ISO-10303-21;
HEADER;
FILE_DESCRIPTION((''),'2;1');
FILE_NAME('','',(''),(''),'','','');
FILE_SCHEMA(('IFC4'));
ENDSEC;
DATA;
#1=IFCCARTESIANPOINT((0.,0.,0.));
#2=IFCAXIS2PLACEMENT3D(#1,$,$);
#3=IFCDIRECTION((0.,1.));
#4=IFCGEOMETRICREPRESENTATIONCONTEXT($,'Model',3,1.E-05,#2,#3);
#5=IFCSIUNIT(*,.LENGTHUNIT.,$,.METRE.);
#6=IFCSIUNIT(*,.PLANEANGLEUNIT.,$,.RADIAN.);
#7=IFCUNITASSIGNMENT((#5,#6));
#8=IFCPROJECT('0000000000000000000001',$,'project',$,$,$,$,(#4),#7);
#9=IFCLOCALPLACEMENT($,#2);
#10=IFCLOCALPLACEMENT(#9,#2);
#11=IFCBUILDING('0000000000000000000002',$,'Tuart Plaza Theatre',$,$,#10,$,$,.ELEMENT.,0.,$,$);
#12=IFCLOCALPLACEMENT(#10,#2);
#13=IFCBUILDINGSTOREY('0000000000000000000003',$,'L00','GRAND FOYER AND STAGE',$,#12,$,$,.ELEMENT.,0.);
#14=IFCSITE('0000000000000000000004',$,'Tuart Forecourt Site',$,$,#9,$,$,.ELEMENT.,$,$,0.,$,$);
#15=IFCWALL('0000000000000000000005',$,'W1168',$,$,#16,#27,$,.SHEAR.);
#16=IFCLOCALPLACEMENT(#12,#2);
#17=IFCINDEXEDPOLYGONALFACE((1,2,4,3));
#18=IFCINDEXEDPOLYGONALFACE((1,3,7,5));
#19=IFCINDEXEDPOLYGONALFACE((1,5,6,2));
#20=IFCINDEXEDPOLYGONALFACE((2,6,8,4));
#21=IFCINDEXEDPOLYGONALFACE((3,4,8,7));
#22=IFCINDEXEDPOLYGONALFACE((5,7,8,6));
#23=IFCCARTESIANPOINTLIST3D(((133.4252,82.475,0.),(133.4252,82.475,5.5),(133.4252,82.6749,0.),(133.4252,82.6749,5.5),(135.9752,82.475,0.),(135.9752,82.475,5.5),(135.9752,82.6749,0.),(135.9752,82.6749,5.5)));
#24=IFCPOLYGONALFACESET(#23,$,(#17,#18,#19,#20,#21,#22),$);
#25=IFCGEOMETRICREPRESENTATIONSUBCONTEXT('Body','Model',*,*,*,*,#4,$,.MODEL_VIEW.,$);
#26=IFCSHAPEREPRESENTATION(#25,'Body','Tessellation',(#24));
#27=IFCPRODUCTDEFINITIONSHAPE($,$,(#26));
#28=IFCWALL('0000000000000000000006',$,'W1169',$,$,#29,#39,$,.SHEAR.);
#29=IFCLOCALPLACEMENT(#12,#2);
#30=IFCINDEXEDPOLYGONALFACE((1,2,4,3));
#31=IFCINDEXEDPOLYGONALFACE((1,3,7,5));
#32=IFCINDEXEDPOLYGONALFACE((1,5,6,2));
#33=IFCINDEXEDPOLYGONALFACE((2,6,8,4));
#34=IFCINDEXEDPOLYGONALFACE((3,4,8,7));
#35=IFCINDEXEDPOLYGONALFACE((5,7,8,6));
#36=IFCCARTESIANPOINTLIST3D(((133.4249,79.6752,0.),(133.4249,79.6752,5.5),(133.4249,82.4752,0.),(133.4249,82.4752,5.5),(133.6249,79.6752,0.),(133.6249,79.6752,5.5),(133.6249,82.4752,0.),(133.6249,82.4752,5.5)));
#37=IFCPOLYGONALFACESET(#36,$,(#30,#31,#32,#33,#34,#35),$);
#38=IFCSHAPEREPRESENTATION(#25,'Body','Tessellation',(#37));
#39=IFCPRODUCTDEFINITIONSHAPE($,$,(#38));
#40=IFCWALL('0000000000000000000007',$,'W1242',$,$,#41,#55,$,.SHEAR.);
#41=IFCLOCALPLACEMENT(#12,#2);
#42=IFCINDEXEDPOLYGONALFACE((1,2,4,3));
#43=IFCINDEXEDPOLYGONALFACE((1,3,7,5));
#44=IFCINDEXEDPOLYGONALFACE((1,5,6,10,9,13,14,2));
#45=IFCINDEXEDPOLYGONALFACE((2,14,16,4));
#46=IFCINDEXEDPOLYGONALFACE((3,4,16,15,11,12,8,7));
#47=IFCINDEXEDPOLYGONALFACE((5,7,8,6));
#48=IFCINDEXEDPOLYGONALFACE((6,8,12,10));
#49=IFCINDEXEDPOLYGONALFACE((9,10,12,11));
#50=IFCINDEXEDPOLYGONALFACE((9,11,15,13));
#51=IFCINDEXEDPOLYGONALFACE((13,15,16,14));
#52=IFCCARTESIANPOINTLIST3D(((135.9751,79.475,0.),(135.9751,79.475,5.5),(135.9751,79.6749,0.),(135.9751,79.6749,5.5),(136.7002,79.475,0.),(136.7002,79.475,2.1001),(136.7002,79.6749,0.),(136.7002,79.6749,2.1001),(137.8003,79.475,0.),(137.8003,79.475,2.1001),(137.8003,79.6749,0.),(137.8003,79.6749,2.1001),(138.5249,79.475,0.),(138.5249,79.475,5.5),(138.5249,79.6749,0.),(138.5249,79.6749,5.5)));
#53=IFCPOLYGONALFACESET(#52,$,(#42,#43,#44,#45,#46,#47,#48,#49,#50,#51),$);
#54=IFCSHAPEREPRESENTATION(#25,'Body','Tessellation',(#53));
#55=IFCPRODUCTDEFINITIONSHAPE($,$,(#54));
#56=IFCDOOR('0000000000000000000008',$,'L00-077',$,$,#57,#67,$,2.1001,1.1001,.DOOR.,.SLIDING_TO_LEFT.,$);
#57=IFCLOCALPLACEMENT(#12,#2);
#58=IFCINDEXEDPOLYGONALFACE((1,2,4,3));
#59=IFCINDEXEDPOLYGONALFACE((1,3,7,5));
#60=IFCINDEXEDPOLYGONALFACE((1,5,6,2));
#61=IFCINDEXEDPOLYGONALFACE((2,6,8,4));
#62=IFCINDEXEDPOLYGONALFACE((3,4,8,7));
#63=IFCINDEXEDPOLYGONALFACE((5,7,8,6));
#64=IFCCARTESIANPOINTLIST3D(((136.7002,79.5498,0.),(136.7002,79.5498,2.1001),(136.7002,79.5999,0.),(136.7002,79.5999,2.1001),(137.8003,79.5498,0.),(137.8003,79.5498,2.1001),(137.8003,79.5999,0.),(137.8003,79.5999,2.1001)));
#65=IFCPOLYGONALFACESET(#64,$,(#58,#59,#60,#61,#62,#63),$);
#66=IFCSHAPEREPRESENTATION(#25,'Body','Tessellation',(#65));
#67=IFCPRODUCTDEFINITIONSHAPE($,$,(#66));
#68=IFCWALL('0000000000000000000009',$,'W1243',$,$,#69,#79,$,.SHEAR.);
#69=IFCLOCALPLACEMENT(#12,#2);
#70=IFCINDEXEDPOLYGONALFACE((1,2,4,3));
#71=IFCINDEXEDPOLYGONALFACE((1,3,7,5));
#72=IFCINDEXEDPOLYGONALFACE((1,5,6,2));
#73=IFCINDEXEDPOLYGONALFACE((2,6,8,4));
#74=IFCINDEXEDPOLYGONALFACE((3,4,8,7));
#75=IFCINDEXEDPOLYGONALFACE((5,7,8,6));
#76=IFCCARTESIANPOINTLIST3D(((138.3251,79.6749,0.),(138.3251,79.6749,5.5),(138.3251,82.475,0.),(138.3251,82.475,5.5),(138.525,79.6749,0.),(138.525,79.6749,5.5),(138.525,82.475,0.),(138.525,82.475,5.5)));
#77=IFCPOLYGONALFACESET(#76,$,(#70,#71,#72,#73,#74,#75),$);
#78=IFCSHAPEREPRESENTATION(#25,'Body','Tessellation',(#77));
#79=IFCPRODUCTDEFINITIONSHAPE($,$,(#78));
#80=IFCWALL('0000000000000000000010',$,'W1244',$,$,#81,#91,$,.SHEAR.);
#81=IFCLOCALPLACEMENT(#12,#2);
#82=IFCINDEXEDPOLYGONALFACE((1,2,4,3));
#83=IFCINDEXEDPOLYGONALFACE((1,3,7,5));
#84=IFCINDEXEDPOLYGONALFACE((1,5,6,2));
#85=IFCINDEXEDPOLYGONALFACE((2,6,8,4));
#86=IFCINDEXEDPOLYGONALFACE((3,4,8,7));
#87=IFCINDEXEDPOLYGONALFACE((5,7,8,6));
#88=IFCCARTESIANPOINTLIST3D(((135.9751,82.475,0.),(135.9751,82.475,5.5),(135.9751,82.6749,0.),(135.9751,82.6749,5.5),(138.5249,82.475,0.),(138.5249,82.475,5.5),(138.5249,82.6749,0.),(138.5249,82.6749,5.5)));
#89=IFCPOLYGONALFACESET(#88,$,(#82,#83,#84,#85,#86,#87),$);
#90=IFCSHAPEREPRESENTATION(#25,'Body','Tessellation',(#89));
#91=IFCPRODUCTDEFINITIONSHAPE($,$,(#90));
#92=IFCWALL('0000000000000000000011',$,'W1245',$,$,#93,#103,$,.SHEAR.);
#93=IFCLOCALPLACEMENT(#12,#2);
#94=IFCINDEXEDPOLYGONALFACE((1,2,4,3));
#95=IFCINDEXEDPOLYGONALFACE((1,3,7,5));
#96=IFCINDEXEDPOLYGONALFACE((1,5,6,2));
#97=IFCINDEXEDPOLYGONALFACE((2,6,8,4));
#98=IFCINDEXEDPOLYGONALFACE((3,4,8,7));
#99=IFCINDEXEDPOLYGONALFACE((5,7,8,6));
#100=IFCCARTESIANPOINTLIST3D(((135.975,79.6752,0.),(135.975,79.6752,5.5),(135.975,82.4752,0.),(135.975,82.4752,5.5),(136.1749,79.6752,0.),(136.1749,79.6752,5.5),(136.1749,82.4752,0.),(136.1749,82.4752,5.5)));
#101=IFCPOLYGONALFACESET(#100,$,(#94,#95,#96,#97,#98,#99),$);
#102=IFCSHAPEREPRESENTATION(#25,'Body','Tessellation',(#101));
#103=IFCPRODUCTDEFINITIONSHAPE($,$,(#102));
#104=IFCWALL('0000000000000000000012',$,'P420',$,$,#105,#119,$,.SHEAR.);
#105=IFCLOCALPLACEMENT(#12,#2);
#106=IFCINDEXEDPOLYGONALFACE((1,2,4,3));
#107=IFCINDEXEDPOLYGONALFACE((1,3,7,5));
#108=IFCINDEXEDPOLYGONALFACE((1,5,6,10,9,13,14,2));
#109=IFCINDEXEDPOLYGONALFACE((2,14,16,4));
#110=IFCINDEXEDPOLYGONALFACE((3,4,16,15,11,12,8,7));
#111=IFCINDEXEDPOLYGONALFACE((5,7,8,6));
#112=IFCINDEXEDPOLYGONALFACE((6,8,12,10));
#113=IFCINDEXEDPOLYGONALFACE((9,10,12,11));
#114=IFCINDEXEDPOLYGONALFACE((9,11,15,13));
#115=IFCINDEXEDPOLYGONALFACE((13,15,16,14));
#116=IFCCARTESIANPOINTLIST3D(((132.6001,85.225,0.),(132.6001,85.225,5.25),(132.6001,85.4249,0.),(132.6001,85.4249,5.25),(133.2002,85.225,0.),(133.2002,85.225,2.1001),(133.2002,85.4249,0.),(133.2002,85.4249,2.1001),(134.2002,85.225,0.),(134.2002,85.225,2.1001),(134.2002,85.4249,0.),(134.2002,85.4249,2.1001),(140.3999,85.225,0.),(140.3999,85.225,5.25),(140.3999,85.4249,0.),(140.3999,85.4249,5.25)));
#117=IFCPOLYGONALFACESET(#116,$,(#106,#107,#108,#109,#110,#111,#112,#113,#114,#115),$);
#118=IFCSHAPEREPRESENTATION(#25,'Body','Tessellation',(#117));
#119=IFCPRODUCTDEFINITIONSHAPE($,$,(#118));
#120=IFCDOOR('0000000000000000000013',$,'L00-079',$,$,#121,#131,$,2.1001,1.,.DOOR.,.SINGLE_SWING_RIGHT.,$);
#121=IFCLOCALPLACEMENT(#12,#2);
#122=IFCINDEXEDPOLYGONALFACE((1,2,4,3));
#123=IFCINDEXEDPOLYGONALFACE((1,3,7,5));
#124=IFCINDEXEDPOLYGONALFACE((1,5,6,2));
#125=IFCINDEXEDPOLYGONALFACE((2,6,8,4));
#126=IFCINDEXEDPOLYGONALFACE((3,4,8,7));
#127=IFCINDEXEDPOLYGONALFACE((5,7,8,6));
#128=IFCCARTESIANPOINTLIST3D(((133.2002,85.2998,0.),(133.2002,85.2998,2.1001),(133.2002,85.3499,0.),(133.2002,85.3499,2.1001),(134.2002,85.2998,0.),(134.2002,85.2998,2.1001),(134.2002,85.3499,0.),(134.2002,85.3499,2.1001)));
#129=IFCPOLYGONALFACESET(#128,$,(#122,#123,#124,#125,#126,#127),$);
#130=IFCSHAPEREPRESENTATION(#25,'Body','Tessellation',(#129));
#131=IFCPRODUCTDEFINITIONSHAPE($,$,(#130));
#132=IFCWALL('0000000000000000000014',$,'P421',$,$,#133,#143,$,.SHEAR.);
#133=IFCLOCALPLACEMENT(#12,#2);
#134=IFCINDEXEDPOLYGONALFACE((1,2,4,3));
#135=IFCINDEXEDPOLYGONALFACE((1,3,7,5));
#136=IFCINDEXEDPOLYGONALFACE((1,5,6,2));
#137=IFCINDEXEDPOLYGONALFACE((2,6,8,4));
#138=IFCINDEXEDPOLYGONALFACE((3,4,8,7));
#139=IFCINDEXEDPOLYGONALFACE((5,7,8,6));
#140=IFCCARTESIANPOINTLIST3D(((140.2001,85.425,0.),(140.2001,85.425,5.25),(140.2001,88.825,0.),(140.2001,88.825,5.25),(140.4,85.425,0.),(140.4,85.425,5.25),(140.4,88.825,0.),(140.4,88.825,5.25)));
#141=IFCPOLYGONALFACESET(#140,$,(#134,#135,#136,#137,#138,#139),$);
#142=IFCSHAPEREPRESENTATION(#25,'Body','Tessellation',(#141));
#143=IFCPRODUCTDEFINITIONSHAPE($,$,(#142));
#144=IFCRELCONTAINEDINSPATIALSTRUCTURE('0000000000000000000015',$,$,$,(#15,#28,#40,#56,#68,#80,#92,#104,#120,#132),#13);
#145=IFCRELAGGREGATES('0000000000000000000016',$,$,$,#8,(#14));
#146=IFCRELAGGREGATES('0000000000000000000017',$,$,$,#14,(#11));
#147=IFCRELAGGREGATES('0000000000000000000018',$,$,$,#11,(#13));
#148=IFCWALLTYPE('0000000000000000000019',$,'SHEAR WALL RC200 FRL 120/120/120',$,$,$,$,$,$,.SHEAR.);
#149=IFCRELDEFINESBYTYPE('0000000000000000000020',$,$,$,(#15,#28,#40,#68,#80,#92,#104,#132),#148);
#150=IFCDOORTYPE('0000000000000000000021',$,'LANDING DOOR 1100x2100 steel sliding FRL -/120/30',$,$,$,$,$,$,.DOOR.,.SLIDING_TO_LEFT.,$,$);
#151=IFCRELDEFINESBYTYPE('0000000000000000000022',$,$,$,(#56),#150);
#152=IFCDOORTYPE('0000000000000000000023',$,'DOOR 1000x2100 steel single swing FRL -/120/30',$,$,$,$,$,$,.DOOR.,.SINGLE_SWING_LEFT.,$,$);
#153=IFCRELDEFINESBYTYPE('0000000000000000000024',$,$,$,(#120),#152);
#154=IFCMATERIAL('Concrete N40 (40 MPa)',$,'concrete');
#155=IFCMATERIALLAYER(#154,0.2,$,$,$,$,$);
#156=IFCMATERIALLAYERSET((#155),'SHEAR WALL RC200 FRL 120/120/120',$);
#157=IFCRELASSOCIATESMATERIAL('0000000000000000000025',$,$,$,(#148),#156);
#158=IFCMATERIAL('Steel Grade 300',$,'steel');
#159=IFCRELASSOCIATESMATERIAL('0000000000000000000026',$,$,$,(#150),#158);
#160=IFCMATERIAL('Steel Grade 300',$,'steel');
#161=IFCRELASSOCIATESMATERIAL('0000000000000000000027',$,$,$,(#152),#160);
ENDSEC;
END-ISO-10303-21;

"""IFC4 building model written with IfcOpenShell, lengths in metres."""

from ifc_helpers import new_model, si_unit, direction, frame, frame_2d, origin, place, context, subcontext, project, spatial, rectangle, extrude, material, layer, layer_set, type_object, element, fill, save


model = new_model("IFC4")

# Units and contexts
model_context = context("Model", 3, precision=1e-05, world=origin(), true_north=direction((0.0, 1.0)))
body_context = subcontext(model_context, "Body", "Model", "MODEL_VIEW")
ifc_project = project(units=[si_unit("LENGTHUNIT", "METRE"), si_unit("PLANEANGLEUNIT", "RADIAN")], contexts=[model_context])

# Site, building, storey
site_placement = place(None, origin())
site = spatial("IfcSite", under=ifc_project, at=site_placement, Name="Tuart Forecourt Site", CompositionType="ELEMENT", RefElevation=0.0)
building_placement = place(site_placement, origin())
building = spatial("IfcBuilding", under=site, at=building_placement, Name="Tuart Plaza Theatre", CompositionType="ELEMENT", ElevationOfRefHeight=0.0)
storey_placement = place(building_placement, origin())
storey = spatial("IfcBuildingStorey", under=building, at=storey_placement, Name="L00", Description="GRAND FOYER AND STAGE", CompositionType="ELEMENT", Elevation=0.0)

# Shared definitions
ifc_material_1 = material(Name="Concrete N40 (40 MPa)", Category="concrete")
ifc_layer_1 = layer(ifc_material_1, 0.2)
ifc_layer_set_1 = layer_set([ifc_layer_1], Name="SHEAR WALL RC200 FRL 120/120/120")
wall_type_1 = type_object("IfcWallType", Name="SHEAR WALL RC200 FRL 120/120/120", PredefinedType="SHEAR", material=ifc_layer_set_1)

# Shared definitions
ifc_material_2 = material(Name="Steel Grade 300", Category="steel")
door_type_1 = type_object("IfcDoorType", Name="LANDING DOOR 1100x2100 steel sliding FRL -/120/30", OperationType="SLIDING_TO_LEFT", PredefinedType="DOOR", material=ifc_material_2)

# Walls
wall_1_placement = place(storey_placement, frame((135.9751, 82.575, 0.0), z_axis=(0.0, 0.0, 1.0), x_axis=(-1.0, 0.0, 0.0)))
element("IfcWall", 1, at=wall_1_placement, inside=storey, type_object=wall_type_1, Name="W1168", PredefinedType="SHEAR", context=body_context, shape_type="SweptSolid", body=[
    extrude(rectangle(XDim=2.55, YDim=0.2, at=frame_2d((1.2749, 0.0))), origin(), (0.0, 0.0, 1.0), 5.5),
])
wall_2_placement = place(storey_placement, frame((133.5249, 82.4751, 0.0), z_axis=(0.0, 0.0, 1.0), x_axis=(0.0, -1.0, 0.0)))
element("IfcWall", 2, at=wall_2_placement, inside=storey, type_object=wall_type_1, Name="W1169", PredefinedType="SHEAR", context=body_context, shape_type="SweptSolid", body=[
    extrude(rectangle(XDim=2.8, YDim=0.2, at=frame_2d((1.3999, 0.0))), origin(), (0.0, 0.0, 1.0), 5.5),
])

# Wall, opening, door
wall_3_placement = place(storey_placement, frame((135.9751, 79.575, 0.0), z_axis=(0.0, 0.0, 1.0), x_axis=(1.0, 0.0, 0.0)))
wall_3 = element("IfcWall", 3, at=wall_3_placement, inside=storey, type_object=wall_type_1, Name="W1242", PredefinedType="SHEAR", context=body_context, shape_type="SweptSolid", body=[
    extrude(rectangle(XDim=2.5498, YDim=0.2, at=frame_2d((1.2749, 0.0))), origin(), (0.0, 0.0, 1.0), 5.5),
])
opening_1_placement = place(wall_3_placement, frame((0.7251, 0.0, 0.0)))
opening_1 = element("IfcOpeningElement", 4, at=opening_1_placement, cuts=wall_3, PredefinedType="OPENING", context=body_context, shape_type="SweptSolid", body=[
    extrude(rectangle(XDim=1.1001, YDim=2.1001, at=frame_2d((0.55, 1.05))), frame((0.0, 0.1099, 0.0), z_axis=(0.0, -1.0, 0.0), x_axis=(1.0, 0.0, 0.0)), (0.0, 0.0, 1.0), 0.22),
])
door_1_placement = place(opening_1_placement, origin())
door_1 = element("IfcDoor", 5, at=door_1_placement, inside=storey, type_object=door_type_1, Name="L00-077", OperationType="SLIDING_TO_LEFT", OverallHeight=2.1001, OverallWidth=1.1001, PredefinedType="DOOR", context=body_context, shape_type="SweptSolid", body=[
    extrude(rectangle(XDim=1.1001, YDim=2.1001, at=frame_2d((0.55, 1.05))), frame((0.0, 0.0249, 0.0), z_axis=(0.0, -1.0, 0.0), x_axis=(1.0, 0.0, 0.0)), (0.0, 0.0, 1.0), 0.05),
])
fill(opening_1, door_1)

# Walls
wall_4_placement = place(storey_placement, frame((138.425, 79.675, 0.0), z_axis=(0.0, 0.0, 1.0), x_axis=(0.0, 1.0, 0.0)))
element("IfcWall", 6, at=wall_4_placement, inside=storey, type_object=wall_type_1, Name="W1243", PredefinedType="SHEAR", context=body_context, shape_type="SweptSolid", body=[
    extrude(rectangle(XDim=2.8, YDim=0.2, at=frame_2d((1.3999, 0.0))), origin(), (0.0, 0.0, 1.0), 5.5),
])
wall_5_placement = place(storey_placement, frame((138.5249, 82.575, 0.0), z_axis=(0.0, 0.0, 1.0), x_axis=(-1.0, 0.0, 0.0)))
element("IfcWall", 7, at=wall_5_placement, inside=storey, type_object=wall_type_1, Name="W1244", PredefinedType="SHEAR", context=body_context, shape_type="SweptSolid", body=[
    extrude(rectangle(XDim=2.5498, YDim=0.2, at=frame_2d((1.2749, 0.0))), origin(), (0.0, 0.0, 1.0), 5.5),
])
wall_6_placement = place(storey_placement, frame((136.075, 82.4751, 0.0), z_axis=(0.0, 0.0, 1.0), x_axis=(0.0, -1.0, 0.0)))
element("IfcWall", 8, at=wall_6_placement, inside=storey, type_object=wall_type_1, Name="W1245", PredefinedType="SHEAR", context=body_context, shape_type="SweptSolid", body=[
    extrude(rectangle(XDim=2.8, YDim=0.2, at=frame_2d((1.3999, 0.0))), origin(), (0.0, 0.0, 1.0), 5.5),
])

# Wall, opening, door
wall_7_placement = place(storey_placement, frame((132.6001, 85.325, 0.0), z_axis=(0.0, 0.0, 1.0), x_axis=(1.0, 0.0, 0.0)))
wall_7 = element("IfcWall", 9, at=wall_7_placement, inside=storey, type_object=wall_type_1, Name="P420", PredefinedType="SHEAR", context=body_context, shape_type="SweptSolid", body=[
    extrude(rectangle(XDim=7.7998, YDim=0.2, at=frame_2d((3.8999, 0.0))), origin(), (0.0, 0.0, 1.0), 5.25),
])
opening_2_placement = place(wall_7_placement, frame((0.6001, 0.0, 0.0)))
opening_2 = element("IfcOpeningElement", 10, at=opening_2_placement, cuts=wall_7, PredefinedType="OPENING", context=body_context, shape_type="SweptSolid", body=[
    extrude(rectangle(XDim=1.0, YDim=2.1001, at=frame_2d((0.5, 1.05))), frame((0.0, 0.1099, 0.0), z_axis=(0.0, -1.0, 0.0), x_axis=(1.0, 0.0, 0.0)), (0.0, 0.0, 1.0), 0.22),
])
ifc_material_3 = material(Name="Steel Grade 300", Category="steel")
door_type_2 = type_object("IfcDoorType", Name="DOOR 1000x2100 steel single swing FRL -/120/30", OperationType="SINGLE_SWING_LEFT", PredefinedType="DOOR", material=ifc_material_3)
door_2_placement = place(opening_2_placement, origin())
door_2 = element("IfcDoor", 11, at=door_2_placement, inside=storey, type_object=door_type_2, Name="L00-079", OperationType="SINGLE_SWING_RIGHT", OverallHeight=2.1001, OverallWidth=1.0, PredefinedType="DOOR", context=body_context, shape_type="SweptSolid", body=[
    extrude(rectangle(XDim=1.0, YDim=2.1001, at=frame_2d((0.5, 1.05))), frame((0.0, 0.0249, 0.0), z_axis=(0.0, -1.0, 0.0), x_axis=(1.0, 0.0, 0.0)), (0.0, 0.0, 1.0), 0.05),
])
fill(opening_2, door_2)

# Wall
wall_8_placement = place(storey_placement, frame((140.3, 85.425, 0.0), z_axis=(0.0, 0.0, 1.0), x_axis=(0.0, 1.0, 0.0)))
element("IfcWall", 12, at=wall_8_placement, inside=storey, type_object=wall_type_1, Name="P421", PredefinedType="SHEAR", context=body_context, shape_type="SweptSolid", body=[
    extrude(rectangle(XDim=3.3999, YDim=0.2, at=frame_2d((1.7, 0.0))), origin(), (0.0, 0.0, 1.0), 5.25),
])

save(model, "model.ifc")
